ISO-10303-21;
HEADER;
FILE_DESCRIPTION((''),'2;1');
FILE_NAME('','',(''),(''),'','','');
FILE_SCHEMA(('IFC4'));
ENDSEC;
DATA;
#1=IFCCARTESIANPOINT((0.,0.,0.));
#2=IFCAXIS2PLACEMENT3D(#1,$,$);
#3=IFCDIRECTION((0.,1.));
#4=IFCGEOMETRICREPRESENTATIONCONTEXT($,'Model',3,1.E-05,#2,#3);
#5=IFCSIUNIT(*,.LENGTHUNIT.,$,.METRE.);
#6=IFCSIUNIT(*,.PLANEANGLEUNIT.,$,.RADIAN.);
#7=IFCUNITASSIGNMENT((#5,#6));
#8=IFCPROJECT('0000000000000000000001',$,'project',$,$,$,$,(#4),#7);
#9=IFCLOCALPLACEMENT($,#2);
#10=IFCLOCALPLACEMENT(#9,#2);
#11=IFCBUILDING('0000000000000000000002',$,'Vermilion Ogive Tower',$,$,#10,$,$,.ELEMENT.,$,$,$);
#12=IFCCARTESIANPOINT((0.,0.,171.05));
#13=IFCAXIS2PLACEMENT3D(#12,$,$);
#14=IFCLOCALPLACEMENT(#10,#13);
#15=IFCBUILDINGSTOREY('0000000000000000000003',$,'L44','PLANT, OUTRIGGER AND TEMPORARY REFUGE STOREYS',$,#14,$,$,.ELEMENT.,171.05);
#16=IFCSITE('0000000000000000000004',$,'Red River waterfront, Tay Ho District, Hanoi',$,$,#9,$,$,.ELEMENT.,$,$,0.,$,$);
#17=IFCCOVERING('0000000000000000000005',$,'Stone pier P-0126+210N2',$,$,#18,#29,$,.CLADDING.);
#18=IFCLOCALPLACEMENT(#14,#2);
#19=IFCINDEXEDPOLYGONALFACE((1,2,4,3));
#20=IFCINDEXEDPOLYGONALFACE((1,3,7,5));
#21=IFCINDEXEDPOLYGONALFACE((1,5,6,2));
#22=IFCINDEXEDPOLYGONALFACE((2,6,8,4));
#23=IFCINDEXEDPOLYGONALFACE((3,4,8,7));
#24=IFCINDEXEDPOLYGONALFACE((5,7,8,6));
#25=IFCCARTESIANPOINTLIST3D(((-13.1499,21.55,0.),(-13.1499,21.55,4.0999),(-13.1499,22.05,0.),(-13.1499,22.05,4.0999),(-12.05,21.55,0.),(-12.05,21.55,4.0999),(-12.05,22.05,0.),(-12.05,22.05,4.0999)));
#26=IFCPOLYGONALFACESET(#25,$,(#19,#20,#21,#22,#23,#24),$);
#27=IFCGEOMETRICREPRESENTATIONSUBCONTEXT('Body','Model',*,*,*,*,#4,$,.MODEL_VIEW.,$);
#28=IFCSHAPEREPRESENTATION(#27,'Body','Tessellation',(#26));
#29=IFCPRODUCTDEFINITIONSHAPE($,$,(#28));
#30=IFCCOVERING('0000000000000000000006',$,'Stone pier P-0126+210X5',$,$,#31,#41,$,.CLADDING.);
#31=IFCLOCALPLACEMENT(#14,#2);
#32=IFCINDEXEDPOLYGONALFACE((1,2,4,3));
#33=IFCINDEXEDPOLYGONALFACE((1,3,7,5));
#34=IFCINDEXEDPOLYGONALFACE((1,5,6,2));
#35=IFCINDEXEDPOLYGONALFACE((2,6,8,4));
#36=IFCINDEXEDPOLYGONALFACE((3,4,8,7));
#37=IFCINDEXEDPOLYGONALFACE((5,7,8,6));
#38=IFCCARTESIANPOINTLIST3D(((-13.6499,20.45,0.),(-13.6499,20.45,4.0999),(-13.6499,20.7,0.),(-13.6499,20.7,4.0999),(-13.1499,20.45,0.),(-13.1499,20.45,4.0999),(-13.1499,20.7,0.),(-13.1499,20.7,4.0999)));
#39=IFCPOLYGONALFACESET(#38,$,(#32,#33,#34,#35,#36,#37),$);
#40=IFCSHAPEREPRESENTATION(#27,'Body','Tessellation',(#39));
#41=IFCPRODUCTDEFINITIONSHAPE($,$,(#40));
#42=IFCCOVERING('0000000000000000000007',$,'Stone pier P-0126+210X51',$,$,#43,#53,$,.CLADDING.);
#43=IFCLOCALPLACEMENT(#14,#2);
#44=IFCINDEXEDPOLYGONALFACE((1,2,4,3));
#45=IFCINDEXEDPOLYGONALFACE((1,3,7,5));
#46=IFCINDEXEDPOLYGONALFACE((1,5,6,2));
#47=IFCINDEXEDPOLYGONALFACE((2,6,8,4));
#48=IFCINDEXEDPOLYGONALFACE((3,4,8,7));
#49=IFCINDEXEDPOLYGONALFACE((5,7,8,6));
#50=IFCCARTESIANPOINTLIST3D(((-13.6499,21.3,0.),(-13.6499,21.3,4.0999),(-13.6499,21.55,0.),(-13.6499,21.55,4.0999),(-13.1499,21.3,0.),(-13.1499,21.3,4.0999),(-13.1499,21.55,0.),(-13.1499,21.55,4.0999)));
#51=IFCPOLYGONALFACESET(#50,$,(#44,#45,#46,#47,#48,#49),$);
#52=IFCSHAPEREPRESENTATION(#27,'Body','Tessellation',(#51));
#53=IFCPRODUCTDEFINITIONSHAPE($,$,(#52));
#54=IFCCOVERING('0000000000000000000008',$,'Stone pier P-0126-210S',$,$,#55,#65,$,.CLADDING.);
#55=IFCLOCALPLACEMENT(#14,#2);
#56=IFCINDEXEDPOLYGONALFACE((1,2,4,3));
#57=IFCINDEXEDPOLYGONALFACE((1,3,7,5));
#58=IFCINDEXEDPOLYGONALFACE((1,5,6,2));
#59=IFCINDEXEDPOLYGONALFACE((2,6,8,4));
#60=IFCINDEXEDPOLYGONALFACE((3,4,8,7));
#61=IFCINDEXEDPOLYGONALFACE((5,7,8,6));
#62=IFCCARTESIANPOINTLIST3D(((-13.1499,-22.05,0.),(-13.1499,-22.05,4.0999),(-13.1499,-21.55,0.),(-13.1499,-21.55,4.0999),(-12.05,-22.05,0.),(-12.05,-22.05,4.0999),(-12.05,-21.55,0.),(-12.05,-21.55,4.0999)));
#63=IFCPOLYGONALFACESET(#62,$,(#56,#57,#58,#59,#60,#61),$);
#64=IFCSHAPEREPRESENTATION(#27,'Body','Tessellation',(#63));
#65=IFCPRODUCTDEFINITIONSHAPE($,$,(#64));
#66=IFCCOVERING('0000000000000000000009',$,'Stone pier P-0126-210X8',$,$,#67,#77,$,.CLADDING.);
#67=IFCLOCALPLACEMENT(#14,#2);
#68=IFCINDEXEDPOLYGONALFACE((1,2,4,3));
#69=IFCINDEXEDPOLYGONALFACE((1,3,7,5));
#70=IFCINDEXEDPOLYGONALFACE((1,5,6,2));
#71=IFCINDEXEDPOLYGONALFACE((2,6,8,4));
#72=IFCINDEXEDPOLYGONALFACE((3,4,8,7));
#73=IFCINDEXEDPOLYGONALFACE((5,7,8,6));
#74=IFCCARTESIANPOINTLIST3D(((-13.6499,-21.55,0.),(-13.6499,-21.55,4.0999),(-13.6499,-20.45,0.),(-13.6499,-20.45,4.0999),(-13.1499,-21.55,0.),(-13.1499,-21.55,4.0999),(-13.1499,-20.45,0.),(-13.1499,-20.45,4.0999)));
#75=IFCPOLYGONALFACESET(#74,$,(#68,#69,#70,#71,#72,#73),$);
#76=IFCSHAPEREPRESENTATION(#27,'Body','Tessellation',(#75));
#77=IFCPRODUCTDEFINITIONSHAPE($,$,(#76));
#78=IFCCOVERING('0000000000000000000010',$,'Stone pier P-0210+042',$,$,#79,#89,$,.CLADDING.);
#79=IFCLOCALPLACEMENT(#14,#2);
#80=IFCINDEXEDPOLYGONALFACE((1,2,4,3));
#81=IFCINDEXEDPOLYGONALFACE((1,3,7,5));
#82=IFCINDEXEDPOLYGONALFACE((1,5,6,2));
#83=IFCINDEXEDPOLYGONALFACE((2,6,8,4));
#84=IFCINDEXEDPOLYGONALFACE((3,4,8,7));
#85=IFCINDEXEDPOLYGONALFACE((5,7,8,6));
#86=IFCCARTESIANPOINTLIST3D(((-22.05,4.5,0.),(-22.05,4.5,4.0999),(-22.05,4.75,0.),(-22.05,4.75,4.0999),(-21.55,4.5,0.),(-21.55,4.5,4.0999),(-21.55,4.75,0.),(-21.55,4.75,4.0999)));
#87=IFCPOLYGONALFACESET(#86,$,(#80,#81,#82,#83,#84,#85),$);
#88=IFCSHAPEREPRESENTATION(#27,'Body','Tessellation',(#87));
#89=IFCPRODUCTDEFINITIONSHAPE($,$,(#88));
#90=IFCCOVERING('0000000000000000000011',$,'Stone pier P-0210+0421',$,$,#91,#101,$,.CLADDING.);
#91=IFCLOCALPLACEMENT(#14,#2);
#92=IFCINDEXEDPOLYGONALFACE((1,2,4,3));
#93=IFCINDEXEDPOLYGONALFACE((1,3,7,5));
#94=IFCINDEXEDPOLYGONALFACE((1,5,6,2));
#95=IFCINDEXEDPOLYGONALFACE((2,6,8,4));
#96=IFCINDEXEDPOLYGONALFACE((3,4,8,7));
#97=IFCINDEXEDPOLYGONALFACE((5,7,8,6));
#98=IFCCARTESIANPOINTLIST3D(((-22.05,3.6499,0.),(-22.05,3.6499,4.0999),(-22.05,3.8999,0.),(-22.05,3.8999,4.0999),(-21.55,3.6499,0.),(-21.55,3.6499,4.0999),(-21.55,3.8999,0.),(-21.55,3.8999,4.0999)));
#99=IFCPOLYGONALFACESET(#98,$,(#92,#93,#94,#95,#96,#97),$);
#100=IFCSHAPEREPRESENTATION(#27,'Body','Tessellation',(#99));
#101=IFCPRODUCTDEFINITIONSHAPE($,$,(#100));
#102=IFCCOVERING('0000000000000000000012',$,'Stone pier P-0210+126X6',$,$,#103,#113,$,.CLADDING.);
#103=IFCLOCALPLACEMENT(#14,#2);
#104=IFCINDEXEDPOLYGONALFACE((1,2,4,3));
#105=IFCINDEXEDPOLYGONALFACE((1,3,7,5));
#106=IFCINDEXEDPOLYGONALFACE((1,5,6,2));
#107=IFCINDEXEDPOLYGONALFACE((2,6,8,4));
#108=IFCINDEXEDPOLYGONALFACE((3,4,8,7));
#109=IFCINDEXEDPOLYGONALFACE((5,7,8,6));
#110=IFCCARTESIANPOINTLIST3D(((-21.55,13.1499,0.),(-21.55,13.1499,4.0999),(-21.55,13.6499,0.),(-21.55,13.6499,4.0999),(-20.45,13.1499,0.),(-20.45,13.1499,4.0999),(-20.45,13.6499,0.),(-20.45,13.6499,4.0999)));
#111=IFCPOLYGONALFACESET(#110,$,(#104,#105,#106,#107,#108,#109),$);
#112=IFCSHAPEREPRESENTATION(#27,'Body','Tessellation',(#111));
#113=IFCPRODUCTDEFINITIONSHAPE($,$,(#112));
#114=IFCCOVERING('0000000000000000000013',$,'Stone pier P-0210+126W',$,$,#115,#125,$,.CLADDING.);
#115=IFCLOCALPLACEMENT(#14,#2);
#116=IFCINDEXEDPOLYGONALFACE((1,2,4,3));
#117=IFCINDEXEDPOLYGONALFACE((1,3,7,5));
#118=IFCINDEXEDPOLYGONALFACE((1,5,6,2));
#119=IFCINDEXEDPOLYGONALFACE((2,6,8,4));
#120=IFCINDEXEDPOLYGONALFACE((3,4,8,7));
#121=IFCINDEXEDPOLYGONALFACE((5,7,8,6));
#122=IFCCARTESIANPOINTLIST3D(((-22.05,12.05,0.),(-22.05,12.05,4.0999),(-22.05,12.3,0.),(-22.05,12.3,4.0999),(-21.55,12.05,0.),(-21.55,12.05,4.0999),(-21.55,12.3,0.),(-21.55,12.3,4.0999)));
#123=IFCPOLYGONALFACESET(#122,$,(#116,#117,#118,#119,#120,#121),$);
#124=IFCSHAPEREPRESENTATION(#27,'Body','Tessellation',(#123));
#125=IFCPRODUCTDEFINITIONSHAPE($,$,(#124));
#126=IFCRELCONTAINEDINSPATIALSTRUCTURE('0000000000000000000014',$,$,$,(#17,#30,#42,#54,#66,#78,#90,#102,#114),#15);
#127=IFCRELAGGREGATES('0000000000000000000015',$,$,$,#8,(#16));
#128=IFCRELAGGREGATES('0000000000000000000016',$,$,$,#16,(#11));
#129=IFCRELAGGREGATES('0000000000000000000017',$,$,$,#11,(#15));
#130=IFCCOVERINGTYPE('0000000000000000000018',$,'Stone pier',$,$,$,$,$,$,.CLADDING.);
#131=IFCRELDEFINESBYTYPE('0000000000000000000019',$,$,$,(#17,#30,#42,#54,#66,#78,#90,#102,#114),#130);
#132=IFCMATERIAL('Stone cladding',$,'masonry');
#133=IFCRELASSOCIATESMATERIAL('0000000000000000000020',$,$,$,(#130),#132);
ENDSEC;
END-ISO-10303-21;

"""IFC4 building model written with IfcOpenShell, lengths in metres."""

from ifc_helpers import new_model, si_unit, direction, frame, origin, place, context, subcontext, project, spatial, polyline, outline, extrude, material, type_object, element, save


model = new_model("IFC4")

# Units and contexts
model_context = context("Model", 3, precision=1e-05, world=origin(), true_north=direction((0.0, 1.0)))
body_context = subcontext(model_context, "Body", "Model", "MODEL_VIEW")
ifc_project = project(units=[si_unit("LENGTHUNIT", "METRE"), si_unit("PLANEANGLEUNIT", "RADIAN")], contexts=[model_context])

# Site, building, storey
site_placement = place(None, origin())
site = spatial("IfcSite", under=ifc_project, at=site_placement, Name="Red River waterfront, Tay Ho District, Hanoi", CompositionType="ELEMENT", RefElevation=0.0)
building_placement = place(site_placement, origin())
building = spatial("IfcBuilding", under=site, at=building_placement, Name="Vermilion Ogive Tower", CompositionType="ELEMENT")
storey_placement = place(building_placement, frame((0.0, 0.0, 171.05)))
storey = spatial("IfcBuildingStorey", under=building, at=storey_placement, Name="L44", Description="PLANT, OUTRIGGER AND TEMPORARY REFUGE STOREYS", CompositionType="ELEMENT", Elevation=171.05)

# Coverings
ifc_material_1 = material(Name="Stone cladding", Category="masonry")
covering_type = type_object("IfcCoveringType", Name="Stone pier", PredefinedType="CLADDING", material=ifc_material_1)
covering_1_placement = place(storey_placement, origin())
element("IfcCovering", 1, at=covering_1_placement, inside=storey, type_object=covering_type, Name="Stone pier P-0126+210N2", PredefinedType="CLADDING", context=body_context, shape_type="SweptSolid", body=[
    extrude(outline(polyline([(-13.1499, 21.55), (-13.1499, 22.05), (-12.05, 22.05), (-12.05, 21.55), (-12.05, 21.55), (-13.1499, 21.55)])), origin(), (0.0, 0.0, 1.0), 4.0999),
])
covering_2_placement = place(storey_placement, origin())
element("IfcCovering", 2, at=covering_2_placement, inside=storey, type_object=covering_type, Name="Stone pier P-0126+210X5", PredefinedType="CLADDING", context=body_context, shape_type="SweptSolid", body=[
    extrude(outline(polyline([(-13.6499, 20.7), (-13.1499, 20.7), (-13.1499, 20.45), (-13.6499, 20.45), (-13.6499, 20.7)])), origin(), (0.0, 0.0, 1.0), 4.0999),
])
covering_3_placement = place(storey_placement, origin())
element("IfcCovering", 3, at=covering_3_placement, inside=storey, type_object=covering_type, Name="Stone pier P-0126+210X51", PredefinedType="CLADDING", context=body_context, shape_type="SweptSolid", body=[
    extrude(outline(polyline([(-13.1499, 21.55), (-13.1499, 21.3), (-13.6499, 21.3), (-13.6499, 21.55), (-13.1499, 21.55)])), origin(), (0.0, 0.0, 1.0), 4.0999),
])
covering_4_placement = place(storey_placement, origin())
element("IfcCovering", 4, at=covering_4_placement, inside=storey, type_object=covering_type, Name="Stone pier P-0126-210S", PredefinedType="CLADDING", context=body_context, shape_type="SweptSolid", body=[
    extrude(outline(polyline([(-12.05, -22.05), (-13.1499, -22.05), (-13.1499, -21.55), (-12.05, -21.55), (-12.05, -22.05)])), origin(), (0.0, 0.0, 1.0), 4.0999),
])
covering_5_placement = place(storey_placement, origin())
element("IfcCovering", 5, at=covering_5_placement, inside=storey, type_object=covering_type, Name="Stone pier P-0126-210X8", PredefinedType="CLADDING", context=body_context, shape_type="SweptSolid", body=[
    extrude(outline(polyline([(-13.6499, -20.45), (-13.1499, -20.45), (-13.1499, -21.55), (-13.6499, -21.55), (-13.6499, -20.45)])), origin(), (0.0, 0.0, 1.0), 4.0999),
])
covering_6_placement = place(storey_placement, origin())
element("IfcCovering", 6, at=covering_6_placement, inside=storey, type_object=covering_type, Name="Stone pier P-0210+042", PredefinedType="CLADDING", context=body_context, shape_type="SweptSolid", body=[
    extrude(outline(polyline([(-21.55, 4.5), (-22.05, 4.5), (-22.05, 4.75), (-21.55, 4.75), (-21.55, 4.75), (-21.55, 4.5)])), origin(), (0.0, 0.0, 1.0), 4.0999),
])
covering_7_placement = place(storey_placement, origin())
element("IfcCovering", 7, at=covering_7_placement, inside=storey, type_object=covering_type, Name="Stone pier P-0210+0421", PredefinedType="CLADDING", context=body_context, shape_type="SweptSolid", body=[
    extrude(outline(polyline([(-21.55, 3.6499), (-22.05, 3.6499), (-22.05, 3.8999), (-21.55, 3.8999), (-21.55, 3.6499)])), origin(), (0.0, 0.0, 1.0), 4.0999),
])
covering_8_placement = place(storey_placement, origin())
element("IfcCovering", 8, at=covering_8_placement, inside=storey, type_object=covering_type, Name="Stone pier P-0210+126X6", PredefinedType="CLADDING", context=body_context, shape_type="SweptSolid", body=[
    extrude(outline(polyline([(-21.55, 13.6499), (-20.45, 13.6499), (-20.45, 13.1499), (-21.55, 13.1499), (-21.55, 13.6499)])), origin(), (0.0, 0.0, 1.0), 4.0999),
])
covering_9_placement = place(storey_placement, origin())
element("IfcCovering", 9, at=covering_9_placement, inside=storey, type_object=covering_type, Name="Stone pier P-0210+126W", PredefinedType="CLADDING", context=body_context, shape_type="SweptSolid", body=[
    extrude(outline(polyline([(-22.05, 12.3), (-21.55, 12.3), (-21.55, 12.05), (-22.05, 12.05), (-22.05, 12.3)])), origin(), (0.0, 0.0, 1.0), 4.0999),
])

save(model, "model.ifc")
